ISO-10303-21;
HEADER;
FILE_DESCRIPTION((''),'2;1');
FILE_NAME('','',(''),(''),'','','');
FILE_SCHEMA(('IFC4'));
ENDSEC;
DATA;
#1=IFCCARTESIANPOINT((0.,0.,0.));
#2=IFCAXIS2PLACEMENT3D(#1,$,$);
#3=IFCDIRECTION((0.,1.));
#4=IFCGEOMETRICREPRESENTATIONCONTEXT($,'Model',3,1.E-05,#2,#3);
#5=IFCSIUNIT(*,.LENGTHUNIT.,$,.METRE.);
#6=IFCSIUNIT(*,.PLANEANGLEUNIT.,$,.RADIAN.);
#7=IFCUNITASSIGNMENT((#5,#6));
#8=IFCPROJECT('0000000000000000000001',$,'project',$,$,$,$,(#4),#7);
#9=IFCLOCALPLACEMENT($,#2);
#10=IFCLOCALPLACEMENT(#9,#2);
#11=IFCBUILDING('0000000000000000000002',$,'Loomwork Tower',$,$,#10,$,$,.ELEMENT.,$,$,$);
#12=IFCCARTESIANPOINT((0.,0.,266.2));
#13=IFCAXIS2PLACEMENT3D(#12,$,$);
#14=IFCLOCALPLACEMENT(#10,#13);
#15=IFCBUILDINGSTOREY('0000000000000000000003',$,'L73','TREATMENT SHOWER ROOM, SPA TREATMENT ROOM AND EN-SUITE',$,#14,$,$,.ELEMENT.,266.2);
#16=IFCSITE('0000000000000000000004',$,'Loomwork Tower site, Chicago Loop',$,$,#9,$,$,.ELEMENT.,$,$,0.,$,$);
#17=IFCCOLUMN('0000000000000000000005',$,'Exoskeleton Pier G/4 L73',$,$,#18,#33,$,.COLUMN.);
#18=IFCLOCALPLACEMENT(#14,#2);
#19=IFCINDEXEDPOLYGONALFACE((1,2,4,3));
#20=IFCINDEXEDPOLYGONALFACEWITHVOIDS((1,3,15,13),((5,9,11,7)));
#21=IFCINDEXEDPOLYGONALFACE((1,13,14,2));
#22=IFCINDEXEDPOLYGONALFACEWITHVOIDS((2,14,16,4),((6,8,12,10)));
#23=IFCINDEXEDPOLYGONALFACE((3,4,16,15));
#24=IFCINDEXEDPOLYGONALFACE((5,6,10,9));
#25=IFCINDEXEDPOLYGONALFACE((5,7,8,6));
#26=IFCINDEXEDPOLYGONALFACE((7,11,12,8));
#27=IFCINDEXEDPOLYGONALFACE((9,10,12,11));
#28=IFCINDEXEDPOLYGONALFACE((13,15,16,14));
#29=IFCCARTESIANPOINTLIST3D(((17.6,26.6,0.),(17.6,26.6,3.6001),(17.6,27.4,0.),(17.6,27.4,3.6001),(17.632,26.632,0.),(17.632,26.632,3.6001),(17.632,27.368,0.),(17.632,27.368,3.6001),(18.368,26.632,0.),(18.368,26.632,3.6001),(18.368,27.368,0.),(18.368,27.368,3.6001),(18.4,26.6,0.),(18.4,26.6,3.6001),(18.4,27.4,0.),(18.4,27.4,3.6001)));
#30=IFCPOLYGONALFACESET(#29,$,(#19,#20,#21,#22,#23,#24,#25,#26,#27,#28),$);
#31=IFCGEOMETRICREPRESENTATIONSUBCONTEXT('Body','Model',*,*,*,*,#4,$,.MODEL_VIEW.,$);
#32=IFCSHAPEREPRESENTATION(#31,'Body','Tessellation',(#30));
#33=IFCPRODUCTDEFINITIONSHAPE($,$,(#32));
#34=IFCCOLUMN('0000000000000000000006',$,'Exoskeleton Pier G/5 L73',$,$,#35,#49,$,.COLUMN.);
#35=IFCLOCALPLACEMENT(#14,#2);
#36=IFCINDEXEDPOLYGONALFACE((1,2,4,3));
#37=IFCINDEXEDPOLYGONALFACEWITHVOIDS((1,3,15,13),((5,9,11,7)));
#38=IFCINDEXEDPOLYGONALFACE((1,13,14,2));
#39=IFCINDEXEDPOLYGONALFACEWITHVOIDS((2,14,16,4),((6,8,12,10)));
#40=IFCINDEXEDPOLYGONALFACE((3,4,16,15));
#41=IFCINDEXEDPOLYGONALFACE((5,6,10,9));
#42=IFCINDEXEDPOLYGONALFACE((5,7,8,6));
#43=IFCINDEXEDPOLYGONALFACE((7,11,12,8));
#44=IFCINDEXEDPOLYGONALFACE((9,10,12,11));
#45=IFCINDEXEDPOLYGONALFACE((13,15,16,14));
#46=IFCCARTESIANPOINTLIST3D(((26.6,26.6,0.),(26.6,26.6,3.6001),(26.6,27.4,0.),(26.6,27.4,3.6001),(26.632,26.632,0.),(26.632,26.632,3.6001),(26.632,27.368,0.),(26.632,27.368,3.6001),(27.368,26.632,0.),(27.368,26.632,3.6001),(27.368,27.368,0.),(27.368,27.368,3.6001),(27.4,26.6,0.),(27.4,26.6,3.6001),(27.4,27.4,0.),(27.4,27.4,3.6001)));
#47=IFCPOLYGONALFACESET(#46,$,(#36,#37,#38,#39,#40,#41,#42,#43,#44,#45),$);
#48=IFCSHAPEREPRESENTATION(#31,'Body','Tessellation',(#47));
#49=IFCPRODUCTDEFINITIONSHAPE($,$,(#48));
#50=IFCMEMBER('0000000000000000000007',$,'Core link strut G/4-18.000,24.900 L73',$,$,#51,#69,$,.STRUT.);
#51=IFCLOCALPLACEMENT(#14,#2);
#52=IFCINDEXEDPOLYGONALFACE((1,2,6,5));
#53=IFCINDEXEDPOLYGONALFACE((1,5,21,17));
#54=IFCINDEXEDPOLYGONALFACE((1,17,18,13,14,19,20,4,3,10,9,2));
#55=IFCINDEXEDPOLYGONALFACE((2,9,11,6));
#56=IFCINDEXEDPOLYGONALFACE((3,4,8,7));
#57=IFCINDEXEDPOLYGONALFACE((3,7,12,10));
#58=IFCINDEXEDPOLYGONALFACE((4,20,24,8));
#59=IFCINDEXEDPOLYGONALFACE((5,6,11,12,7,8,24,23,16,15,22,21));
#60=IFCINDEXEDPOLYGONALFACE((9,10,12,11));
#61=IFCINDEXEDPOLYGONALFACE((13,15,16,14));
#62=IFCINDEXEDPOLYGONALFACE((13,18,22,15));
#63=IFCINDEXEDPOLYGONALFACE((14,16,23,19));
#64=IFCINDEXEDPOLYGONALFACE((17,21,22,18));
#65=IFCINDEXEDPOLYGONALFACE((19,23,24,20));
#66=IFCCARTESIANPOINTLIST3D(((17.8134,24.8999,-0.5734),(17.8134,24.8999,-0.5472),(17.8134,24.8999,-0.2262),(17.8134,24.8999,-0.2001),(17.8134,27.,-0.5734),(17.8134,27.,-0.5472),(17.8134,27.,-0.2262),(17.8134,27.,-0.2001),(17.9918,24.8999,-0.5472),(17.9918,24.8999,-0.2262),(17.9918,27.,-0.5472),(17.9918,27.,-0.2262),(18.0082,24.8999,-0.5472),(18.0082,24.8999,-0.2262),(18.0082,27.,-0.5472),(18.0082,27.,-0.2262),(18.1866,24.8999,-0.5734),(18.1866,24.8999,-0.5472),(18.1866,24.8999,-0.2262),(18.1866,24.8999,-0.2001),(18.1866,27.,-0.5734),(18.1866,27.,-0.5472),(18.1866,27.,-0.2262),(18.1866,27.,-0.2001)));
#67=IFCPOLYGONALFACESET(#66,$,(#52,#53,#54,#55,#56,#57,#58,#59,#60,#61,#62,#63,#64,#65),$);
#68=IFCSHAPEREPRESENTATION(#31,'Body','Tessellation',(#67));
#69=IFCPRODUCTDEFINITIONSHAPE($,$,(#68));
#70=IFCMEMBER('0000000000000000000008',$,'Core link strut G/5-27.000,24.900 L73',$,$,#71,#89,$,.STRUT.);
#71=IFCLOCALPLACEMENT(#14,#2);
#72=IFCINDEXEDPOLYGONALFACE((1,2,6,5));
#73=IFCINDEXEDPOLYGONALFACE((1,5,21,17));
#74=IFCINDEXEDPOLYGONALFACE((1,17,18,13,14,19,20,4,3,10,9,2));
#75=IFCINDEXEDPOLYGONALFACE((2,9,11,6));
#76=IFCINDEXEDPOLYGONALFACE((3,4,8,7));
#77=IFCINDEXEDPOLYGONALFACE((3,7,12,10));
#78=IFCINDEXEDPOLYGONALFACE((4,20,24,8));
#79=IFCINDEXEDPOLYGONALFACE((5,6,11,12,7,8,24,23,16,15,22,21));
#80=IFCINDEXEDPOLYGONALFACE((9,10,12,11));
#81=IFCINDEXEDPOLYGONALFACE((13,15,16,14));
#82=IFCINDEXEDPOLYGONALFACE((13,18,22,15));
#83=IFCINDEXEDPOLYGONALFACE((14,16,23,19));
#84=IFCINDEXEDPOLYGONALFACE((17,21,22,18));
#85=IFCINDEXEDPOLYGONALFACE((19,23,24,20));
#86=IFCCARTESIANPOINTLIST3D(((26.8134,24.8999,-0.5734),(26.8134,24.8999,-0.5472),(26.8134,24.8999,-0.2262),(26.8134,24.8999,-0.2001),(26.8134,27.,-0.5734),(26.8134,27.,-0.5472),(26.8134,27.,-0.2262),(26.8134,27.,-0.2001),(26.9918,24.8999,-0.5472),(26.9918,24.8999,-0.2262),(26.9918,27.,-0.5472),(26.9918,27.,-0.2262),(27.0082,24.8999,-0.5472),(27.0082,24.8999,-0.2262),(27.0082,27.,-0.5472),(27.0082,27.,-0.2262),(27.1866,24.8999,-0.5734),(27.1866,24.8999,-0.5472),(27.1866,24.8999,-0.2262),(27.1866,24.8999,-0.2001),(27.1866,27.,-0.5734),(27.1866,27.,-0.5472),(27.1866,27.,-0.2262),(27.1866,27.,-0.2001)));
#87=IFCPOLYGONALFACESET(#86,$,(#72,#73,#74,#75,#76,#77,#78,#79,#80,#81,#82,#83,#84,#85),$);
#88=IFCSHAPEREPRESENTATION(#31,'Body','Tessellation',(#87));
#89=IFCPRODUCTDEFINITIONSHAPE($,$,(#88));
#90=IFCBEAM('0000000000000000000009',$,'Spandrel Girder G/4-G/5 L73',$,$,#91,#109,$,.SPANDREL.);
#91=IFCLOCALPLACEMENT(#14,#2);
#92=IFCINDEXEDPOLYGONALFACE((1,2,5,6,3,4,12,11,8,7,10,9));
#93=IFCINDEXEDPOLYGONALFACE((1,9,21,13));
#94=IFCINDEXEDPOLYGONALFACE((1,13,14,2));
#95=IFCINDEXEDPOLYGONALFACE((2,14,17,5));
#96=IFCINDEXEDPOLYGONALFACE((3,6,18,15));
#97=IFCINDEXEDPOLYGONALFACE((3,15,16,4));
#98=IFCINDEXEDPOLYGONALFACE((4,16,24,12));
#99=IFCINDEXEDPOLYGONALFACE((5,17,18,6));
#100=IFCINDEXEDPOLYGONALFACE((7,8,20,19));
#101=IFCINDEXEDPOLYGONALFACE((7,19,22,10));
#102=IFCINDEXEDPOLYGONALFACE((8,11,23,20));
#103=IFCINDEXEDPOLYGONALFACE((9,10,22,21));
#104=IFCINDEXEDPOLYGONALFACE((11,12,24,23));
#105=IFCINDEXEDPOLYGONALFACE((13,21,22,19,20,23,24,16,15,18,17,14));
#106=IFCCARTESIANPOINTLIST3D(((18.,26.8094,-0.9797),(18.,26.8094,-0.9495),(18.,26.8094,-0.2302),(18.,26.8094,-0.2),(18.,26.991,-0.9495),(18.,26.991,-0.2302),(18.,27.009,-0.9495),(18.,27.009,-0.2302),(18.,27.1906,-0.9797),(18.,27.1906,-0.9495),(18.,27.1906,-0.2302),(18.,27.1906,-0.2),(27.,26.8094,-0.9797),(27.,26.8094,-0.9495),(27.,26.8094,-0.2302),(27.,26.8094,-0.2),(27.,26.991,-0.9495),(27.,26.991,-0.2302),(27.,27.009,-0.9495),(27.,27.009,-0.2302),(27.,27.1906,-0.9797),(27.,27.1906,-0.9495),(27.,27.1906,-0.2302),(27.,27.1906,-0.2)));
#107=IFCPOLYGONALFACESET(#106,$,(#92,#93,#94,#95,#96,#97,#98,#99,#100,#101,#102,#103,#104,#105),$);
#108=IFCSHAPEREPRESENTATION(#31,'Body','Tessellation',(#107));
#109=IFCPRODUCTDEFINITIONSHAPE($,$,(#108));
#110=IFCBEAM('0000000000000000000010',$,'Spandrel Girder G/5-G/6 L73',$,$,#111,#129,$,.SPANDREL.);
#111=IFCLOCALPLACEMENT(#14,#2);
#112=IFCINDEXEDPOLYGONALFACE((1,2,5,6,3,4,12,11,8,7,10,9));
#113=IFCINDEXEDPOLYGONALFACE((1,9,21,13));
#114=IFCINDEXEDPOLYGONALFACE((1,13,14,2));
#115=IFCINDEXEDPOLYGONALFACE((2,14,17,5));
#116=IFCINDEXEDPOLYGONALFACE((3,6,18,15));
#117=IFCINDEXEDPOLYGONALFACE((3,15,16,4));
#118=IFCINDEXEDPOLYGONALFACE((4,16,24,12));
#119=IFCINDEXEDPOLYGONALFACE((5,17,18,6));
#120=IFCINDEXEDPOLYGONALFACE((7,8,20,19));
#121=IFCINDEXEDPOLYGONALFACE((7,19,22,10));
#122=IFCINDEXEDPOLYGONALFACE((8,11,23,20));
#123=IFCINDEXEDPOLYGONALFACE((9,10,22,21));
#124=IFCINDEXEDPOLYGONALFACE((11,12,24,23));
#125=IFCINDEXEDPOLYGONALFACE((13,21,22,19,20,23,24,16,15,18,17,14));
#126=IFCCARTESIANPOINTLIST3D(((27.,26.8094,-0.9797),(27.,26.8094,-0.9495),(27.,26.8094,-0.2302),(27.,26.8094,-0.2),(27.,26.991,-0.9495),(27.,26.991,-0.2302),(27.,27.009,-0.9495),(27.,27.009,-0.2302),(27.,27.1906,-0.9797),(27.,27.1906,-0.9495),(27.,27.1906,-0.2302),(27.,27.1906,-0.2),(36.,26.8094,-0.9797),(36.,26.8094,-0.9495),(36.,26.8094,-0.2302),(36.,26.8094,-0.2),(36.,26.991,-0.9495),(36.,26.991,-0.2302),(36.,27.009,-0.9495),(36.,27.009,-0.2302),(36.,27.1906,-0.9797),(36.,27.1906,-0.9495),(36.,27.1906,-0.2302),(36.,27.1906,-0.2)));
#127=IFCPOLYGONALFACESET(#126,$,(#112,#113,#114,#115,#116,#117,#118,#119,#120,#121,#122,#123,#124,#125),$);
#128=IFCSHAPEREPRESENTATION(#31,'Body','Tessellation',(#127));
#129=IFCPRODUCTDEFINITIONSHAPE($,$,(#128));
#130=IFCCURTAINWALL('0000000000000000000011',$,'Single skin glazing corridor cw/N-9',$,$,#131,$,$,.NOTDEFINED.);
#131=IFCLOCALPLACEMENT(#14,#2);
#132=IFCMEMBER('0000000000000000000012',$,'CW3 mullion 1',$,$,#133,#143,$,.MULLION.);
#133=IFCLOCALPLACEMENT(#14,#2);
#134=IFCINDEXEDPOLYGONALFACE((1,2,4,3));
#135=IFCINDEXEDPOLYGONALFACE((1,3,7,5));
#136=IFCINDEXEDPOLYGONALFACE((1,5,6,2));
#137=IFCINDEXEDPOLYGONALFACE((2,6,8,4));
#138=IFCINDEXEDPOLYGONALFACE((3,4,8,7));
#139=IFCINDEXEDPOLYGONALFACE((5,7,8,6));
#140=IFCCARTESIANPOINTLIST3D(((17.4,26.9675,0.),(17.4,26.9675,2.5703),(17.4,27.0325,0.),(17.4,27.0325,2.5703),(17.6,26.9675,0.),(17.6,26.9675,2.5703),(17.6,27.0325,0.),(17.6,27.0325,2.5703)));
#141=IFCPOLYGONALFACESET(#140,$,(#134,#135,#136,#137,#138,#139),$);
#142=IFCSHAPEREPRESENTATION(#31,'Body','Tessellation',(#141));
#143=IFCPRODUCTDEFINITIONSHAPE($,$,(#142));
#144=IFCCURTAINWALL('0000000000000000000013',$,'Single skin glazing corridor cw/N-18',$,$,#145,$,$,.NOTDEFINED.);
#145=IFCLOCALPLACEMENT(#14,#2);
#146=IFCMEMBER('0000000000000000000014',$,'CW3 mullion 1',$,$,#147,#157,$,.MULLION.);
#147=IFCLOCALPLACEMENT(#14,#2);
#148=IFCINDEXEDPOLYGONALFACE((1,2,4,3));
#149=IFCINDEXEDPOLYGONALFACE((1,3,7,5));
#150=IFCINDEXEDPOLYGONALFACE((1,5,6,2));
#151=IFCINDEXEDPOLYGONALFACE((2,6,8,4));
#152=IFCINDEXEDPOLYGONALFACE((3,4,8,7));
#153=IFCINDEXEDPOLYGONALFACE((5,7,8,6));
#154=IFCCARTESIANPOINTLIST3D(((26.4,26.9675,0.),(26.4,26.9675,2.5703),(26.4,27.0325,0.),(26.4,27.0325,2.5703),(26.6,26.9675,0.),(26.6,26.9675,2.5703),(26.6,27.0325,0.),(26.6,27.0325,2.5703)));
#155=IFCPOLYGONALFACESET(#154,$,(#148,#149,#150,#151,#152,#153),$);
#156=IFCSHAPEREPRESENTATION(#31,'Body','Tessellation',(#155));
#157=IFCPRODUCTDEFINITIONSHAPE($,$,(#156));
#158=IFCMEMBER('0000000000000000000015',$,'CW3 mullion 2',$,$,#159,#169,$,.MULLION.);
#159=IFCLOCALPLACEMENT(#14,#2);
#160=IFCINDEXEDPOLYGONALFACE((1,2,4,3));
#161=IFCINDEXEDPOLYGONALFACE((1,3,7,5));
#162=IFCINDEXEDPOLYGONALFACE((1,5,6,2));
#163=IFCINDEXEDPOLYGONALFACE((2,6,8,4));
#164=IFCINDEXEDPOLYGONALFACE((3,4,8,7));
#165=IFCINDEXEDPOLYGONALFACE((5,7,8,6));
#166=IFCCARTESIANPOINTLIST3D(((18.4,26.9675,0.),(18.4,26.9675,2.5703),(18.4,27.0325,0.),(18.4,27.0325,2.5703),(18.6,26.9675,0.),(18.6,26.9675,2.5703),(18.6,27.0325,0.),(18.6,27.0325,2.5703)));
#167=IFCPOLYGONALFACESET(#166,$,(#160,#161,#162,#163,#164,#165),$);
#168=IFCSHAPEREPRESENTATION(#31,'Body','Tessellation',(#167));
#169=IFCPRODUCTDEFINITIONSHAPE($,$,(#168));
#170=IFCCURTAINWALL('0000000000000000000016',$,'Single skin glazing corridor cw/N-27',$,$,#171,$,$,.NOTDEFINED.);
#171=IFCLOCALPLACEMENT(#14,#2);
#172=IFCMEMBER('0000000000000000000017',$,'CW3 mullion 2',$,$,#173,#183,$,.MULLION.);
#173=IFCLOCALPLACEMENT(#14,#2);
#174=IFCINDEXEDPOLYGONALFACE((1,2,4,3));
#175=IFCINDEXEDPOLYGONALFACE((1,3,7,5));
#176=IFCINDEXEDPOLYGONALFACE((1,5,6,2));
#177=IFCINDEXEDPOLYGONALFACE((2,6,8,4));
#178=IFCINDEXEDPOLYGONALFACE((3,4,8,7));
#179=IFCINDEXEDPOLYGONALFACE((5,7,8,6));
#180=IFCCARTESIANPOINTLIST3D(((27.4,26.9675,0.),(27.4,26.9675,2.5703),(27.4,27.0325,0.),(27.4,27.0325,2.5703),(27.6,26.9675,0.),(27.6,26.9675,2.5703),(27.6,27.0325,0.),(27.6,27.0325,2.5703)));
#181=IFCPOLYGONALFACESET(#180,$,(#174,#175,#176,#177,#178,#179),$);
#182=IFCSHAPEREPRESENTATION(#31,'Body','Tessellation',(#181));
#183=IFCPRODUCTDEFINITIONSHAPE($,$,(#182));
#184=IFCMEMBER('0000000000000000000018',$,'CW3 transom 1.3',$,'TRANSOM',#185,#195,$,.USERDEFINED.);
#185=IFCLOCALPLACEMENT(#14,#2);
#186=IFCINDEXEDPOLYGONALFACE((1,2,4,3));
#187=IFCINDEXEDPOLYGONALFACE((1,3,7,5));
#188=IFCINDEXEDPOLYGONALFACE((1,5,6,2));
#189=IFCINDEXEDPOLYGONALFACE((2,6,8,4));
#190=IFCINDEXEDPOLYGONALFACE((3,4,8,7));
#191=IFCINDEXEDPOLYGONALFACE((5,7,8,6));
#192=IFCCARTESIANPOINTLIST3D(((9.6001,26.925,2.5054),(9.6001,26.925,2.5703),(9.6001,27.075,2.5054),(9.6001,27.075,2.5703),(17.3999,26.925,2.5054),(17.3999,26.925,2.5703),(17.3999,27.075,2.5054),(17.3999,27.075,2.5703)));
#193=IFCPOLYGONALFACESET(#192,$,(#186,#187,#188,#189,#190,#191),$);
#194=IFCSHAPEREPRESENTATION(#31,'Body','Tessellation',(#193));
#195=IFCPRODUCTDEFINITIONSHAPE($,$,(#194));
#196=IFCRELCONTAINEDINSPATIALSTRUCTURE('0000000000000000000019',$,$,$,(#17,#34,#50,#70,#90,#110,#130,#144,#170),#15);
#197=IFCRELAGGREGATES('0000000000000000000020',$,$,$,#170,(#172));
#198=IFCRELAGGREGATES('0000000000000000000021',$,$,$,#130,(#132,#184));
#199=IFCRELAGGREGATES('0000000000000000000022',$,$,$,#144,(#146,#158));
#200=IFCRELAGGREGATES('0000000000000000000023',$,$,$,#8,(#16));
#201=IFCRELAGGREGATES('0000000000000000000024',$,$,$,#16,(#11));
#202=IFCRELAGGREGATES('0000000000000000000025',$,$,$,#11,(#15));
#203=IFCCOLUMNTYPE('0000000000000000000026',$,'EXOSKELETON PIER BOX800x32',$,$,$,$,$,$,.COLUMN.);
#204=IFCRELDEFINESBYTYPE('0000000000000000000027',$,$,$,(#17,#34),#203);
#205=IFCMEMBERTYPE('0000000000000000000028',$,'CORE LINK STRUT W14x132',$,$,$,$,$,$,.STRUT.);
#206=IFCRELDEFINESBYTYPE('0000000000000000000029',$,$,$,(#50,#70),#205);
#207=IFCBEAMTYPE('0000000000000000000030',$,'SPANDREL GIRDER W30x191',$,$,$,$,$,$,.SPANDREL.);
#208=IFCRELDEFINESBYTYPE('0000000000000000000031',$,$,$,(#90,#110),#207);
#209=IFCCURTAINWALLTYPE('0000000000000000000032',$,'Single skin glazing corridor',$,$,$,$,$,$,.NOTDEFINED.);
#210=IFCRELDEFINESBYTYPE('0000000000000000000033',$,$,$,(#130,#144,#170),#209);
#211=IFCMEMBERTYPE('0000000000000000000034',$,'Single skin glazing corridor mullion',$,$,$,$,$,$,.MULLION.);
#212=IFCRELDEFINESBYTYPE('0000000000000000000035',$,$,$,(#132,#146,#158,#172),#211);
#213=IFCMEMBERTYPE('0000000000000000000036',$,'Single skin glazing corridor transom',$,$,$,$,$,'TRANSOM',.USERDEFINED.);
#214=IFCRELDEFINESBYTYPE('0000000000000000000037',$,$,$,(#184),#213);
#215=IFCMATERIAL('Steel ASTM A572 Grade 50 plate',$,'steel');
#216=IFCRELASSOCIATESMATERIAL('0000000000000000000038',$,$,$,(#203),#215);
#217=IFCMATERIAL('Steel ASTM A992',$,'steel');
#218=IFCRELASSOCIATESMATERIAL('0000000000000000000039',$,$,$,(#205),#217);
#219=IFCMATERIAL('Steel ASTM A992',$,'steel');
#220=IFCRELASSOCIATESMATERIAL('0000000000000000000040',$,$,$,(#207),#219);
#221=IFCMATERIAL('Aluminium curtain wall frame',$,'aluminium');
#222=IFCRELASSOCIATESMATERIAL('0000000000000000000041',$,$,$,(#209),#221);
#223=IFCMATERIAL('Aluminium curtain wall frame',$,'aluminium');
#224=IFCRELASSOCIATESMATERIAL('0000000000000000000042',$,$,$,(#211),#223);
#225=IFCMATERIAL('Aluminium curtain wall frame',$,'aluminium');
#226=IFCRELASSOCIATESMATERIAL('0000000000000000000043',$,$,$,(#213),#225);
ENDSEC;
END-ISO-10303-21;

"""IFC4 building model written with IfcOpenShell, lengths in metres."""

from ifc_helpers import new_model, si_unit, direction, frame, origin, origin_2d, place, context, subcontext, project, spatial, rectangle, hollow_rectangle, i_section, extrude, material, material_profile, profile_set, type_object, element, aggregate, save


model = new_model("IFC4")

# Units and contexts
model_context = context("Model", 3, precision=1e-05, world=origin(), true_north=direction((0.0, 1.0)))
body_context = subcontext(model_context, "Body", "Model", "MODEL_VIEW")
ifc_project = project(units=[si_unit("LENGTHUNIT", "METRE"), si_unit("PLANEANGLEUNIT", "RADIAN")], contexts=[model_context])

# Site, building, storey
site_placement = place(None, origin())
site = spatial("IfcSite", under=ifc_project, at=site_placement, Name="Loomwork Tower site, Chicago Loop", CompositionType="ELEMENT", RefElevation=0.0)
building_placement = place(site_placement, origin())
building = spatial("IfcBuilding", under=site, at=building_placement, Name="Loomwork Tower", CompositionType="ELEMENT")
storey_placement = place(building_placement, frame((0.0, 0.0, 266.2)))
storey = spatial("IfcBuildingStorey", under=building, at=storey_placement, Name="L73", Description="TREATMENT SHOWER ROOM, SPA TREATMENT ROOM AND EN-SUITE", CompositionType="ELEMENT", Elevation=266.2)

# Columns
ifc_material_1 = material(Name="Steel ASTM A572 Grade 50 plate", Category="steel")
ifc_material_profile_1 = material_profile(ifc_material_1, hollow_rectangle(XDim=0.8, YDim=0.8, WallThickness=0.032, at=origin_2d()), Name="BOX800x32")
ifc_profile_set_1 = profile_set([ifc_material_profile_1], Name="Steel ASTM A572 Grade 50 plate")
column_type = type_object("IfcColumnType", Name="EXOSKELETON PIER BOX800x32", PredefinedType="COLUMN", material=ifc_profile_set_1)
for number, where, z_axis, x_axis, name in (
    (1, (18.0, 27.0, 0.0), (0.0, 0.0, 1.0), (1.0, 0.0, 0.0), "Exoskeleton Pier G/4 L73"),
    (2, (27.0, 27.0, 0.0), (0.0, 0.0, 1.0), (1.0, 0.0, 0.0), "Exoskeleton Pier G/5 L73"),
):
    element("IfcColumn", number, at=place(storey_placement, frame(where, z_axis=z_axis, x_axis=x_axis)), inside=storey, type_object=column_type, Name=name, PredefinedType="COLUMN", context=body_context, shape_type="SweptSolid", body=[
        extrude(hollow_rectangle(XDim=0.8, YDim=0.8, WallThickness=0.032, at=origin_2d()), origin(), (0.0, 0.0, 1.0), 3.6001),
    ])

# Members
ifc_material_2 = material(Name="Steel ASTM A992", Category="steel")
ifc_material_profile_2 = material_profile(ifc_material_2, i_section(OverallWidth=0.3733, OverallDepth=0.3733, WebThickness=0.0164, FlangeThickness=0.0261, at=origin_2d()), Name="W14x132")
ifc_profile_set_2 = profile_set([ifc_material_profile_2], Name="Steel ASTM A992")
member_type_1 = type_object("IfcMemberType", Name="CORE LINK STRUT W14x132", PredefinedType="STRUT", material=ifc_profile_set_2)
for number, where, z_axis, x_axis, name in (
    (3, (18.0, 27.0, -0.3867), (0.0, -1.0, 0.0), (1.0, 0.0, 0.0), "Core link strut G/4-18.000,24.900 L73"),
    (4, (27.0, 27.0, -0.3867), (0.0, -1.0, 0.0), (1.0, 0.0, 0.0), "Core link strut G/5-27.000,24.900 L73"),
):
    element("IfcMember", number, at=place(storey_placement, frame(where, z_axis=z_axis, x_axis=x_axis)), inside=storey, type_object=member_type_1, Name=name, PredefinedType="STRUT", context=body_context, shape_type="SweptSolid", body=[
        extrude(i_section(OverallWidth=0.3733, OverallDepth=0.3733, WebThickness=0.0164, FlangeThickness=0.0261, at=origin_2d()), origin(), (0.0, 0.0, 1.0), 2.1001),
    ])

# Beams
ifc_material_3 = material(Name="Steel ASTM A992", Category="steel")
ifc_material_profile_3 = material_profile(ifc_material_3, i_section(OverallWidth=0.3811, OverallDepth=0.7798, WebThickness=0.0181, FlangeThickness=0.0303, at=origin_2d()), Name="W30x191")
ifc_profile_set_3 = profile_set([ifc_material_profile_3], Name="Steel ASTM A992")
beam_type = type_object("IfcBeamType", Name="SPANDREL GIRDER W30x191", PredefinedType="SPANDREL", material=ifc_profile_set_3)
for number, where, z_axis, x_axis, name in (
    (5, (18.0, 27.0, -0.5898), (1.0, 0.0, 0.0), (0.0, 1.0, 0.0), "Spandrel Girder G/4-G/5 L73"),
    (6, (27.0, 27.0, -0.5898), (1.0, 0.0, 0.0), (0.0, 1.0, 0.0), "Spandrel Girder G/5-G/6 L73"),
):
    element("IfcBeam", number, at=place(storey_placement, frame(where, z_axis=z_axis, x_axis=x_axis)), inside=storey, type_object=beam_type, Name=name, PredefinedType="SPANDREL", context=body_context, shape_type="SweptSolid", body=[
        extrude(i_section(OverallWidth=0.3811, OverallDepth=0.7798, WebThickness=0.0181, FlangeThickness=0.0303, at=origin_2d()), origin(), (0.0, 0.0, 1.0), 9.0),
    ])

# Curtain wall, member
ifc_material_4 = material(Name="Aluminium curtain wall frame", Category="aluminium")
curtain_wall_type = type_object("IfcCurtainWallType", Name="Single skin glazing corridor", PredefinedType="NOTDEFINED", material=ifc_material_4)
curtain_wall_1_placement = place(storey_placement, origin())
curtain_wall_1 = element("IfcCurtainWall", 7, at=curtain_wall_1_placement, inside=storey, type_object=curtain_wall_type, Name="Single skin glazing corridor cw/N-9", PredefinedType="NOTDEFINED")
ifc_material_5 = material(Name="Aluminium curtain wall frame", Category="aluminium")
ifc_material_profile_4 = material_profile(ifc_material_5, rectangle(XDim=0.0649, YDim=0.2, at=origin_2d()), Name="AL 65x200")
ifc_profile_set_4 = profile_set([ifc_material_profile_4], Name="Aluminium curtain wall frame")
member_type_2 = type_object("IfcMemberType", Name="Single skin glazing corridor mullion", PredefinedType="MULLION", material=ifc_profile_set_4)
member_1_placement = place(storey_placement, frame((17.5, 27.0, 0.0), z_axis=(0.0, 0.0, 1.0), x_axis=(0.0, -1.0, 0.0)))
member_1 = element("IfcMember", 8, at=member_1_placement, type_object=member_type_2, Name="CW3 mullion 1", PredefinedType="MULLION", context=body_context, shape_type="SweptSolid", body=[
    extrude(rectangle(XDim=0.0649, YDim=0.2, at=origin_2d()), origin(), (0.0, 0.0, 1.0), 2.5703),
])

# Curtain wall, members
curtain_wall_2_placement = place(storey_placement, origin())
curtain_wall_2 = element("IfcCurtainWall", 9, at=curtain_wall_2_placement, inside=storey, type_object=curtain_wall_type, Name="Single skin glazing corridor cw/N-18", PredefinedType="NOTDEFINED")
member_2_placement = place(storey_placement, frame((26.5, 27.0, 0.0), z_axis=(0.0, 0.0, 1.0), x_axis=(0.0, -1.0, 0.0)))
member_2 = element("IfcMember", 10, at=member_2_placement, type_object=member_type_2, Name="CW3 mullion 1", PredefinedType="MULLION", context=body_context, shape_type="SweptSolid", body=[
    extrude(rectangle(XDim=0.0649, YDim=0.2, at=origin_2d()), origin(), (0.0, 0.0, 1.0), 2.5703),
])
member_3_placement = place(storey_placement, frame((18.5, 27.0, 0.0), z_axis=(0.0, 0.0, 1.0), x_axis=(0.0, -1.0, 0.0)))
member_3 = element("IfcMember", 11, at=member_3_placement, type_object=member_type_2, Name="CW3 mullion 2", PredefinedType="MULLION", context=body_context, shape_type="SweptSolid", body=[
    extrude(rectangle(XDim=0.0649, YDim=0.2, at=origin_2d()), origin(), (0.0, 0.0, 1.0), 2.5703),
])

# Curtain wall, member
curtain_wall_3_placement = place(storey_placement, origin())
curtain_wall_3 = element("IfcCurtainWall", 12, at=curtain_wall_3_placement, inside=storey, type_object=curtain_wall_type, Name="Single skin glazing corridor cw/N-27", PredefinedType="NOTDEFINED")
member_4_placement = place(storey_placement, frame((27.5, 27.0, 0.0), z_axis=(0.0, 0.0, 1.0), x_axis=(0.0, -1.0, 0.0)))
member_4 = element("IfcMember", 13, at=member_4_placement, type_object=member_type_2, Name="CW3 mullion 2", PredefinedType="MULLION", context=body_context, shape_type="SweptSolid", body=[
    extrude(rectangle(XDim=0.0649, YDim=0.2, at=origin_2d()), origin(), (0.0, 0.0, 1.0), 2.5703),
])
aggregate(curtain_wall_3, [member_4])

# Member
ifc_material_6 = material(Name="Aluminium curtain wall frame", Category="aluminium")
ifc_material_profile_5 = material_profile(ifc_material_6, rectangle(XDim=0.1499, YDim=0.0649, at=origin_2d()), Name="AL 65x150")
ifc_profile_set_5 = profile_set([ifc_material_profile_5], Name="Aluminium curtain wall frame")
member_type_3 = type_object("IfcMemberType", Name="Single skin glazing corridor transom", ElementType="TRANSOM", PredefinedType="USERDEFINED", material=ifc_profile_set_5)
member_5_placement = place(storey_placement, frame((17.3999, 27.0, 2.5378), z_axis=(-1.0, 0.0, 0.0), x_axis=(0.0, -1.0, 0.0)))
member_5 = element("IfcMember", 14, at=member_5_placement, type_object=member_type_3, Name="CW3 transom 1.3", ObjectType="TRANSOM", PredefinedType="USERDEFINED", context=body_context, shape_type="SweptSolid", body=[
    extrude(rectangle(XDim=0.1499, YDim=0.0649, at=origin_2d()), origin(), (0.0, 0.0, 1.0), 7.7998),
])
aggregate(curtain_wall_1, [member_1, member_5])

aggregate(curtain_wall_2, [member_2, member_3])

save(model, "model.ifc")
